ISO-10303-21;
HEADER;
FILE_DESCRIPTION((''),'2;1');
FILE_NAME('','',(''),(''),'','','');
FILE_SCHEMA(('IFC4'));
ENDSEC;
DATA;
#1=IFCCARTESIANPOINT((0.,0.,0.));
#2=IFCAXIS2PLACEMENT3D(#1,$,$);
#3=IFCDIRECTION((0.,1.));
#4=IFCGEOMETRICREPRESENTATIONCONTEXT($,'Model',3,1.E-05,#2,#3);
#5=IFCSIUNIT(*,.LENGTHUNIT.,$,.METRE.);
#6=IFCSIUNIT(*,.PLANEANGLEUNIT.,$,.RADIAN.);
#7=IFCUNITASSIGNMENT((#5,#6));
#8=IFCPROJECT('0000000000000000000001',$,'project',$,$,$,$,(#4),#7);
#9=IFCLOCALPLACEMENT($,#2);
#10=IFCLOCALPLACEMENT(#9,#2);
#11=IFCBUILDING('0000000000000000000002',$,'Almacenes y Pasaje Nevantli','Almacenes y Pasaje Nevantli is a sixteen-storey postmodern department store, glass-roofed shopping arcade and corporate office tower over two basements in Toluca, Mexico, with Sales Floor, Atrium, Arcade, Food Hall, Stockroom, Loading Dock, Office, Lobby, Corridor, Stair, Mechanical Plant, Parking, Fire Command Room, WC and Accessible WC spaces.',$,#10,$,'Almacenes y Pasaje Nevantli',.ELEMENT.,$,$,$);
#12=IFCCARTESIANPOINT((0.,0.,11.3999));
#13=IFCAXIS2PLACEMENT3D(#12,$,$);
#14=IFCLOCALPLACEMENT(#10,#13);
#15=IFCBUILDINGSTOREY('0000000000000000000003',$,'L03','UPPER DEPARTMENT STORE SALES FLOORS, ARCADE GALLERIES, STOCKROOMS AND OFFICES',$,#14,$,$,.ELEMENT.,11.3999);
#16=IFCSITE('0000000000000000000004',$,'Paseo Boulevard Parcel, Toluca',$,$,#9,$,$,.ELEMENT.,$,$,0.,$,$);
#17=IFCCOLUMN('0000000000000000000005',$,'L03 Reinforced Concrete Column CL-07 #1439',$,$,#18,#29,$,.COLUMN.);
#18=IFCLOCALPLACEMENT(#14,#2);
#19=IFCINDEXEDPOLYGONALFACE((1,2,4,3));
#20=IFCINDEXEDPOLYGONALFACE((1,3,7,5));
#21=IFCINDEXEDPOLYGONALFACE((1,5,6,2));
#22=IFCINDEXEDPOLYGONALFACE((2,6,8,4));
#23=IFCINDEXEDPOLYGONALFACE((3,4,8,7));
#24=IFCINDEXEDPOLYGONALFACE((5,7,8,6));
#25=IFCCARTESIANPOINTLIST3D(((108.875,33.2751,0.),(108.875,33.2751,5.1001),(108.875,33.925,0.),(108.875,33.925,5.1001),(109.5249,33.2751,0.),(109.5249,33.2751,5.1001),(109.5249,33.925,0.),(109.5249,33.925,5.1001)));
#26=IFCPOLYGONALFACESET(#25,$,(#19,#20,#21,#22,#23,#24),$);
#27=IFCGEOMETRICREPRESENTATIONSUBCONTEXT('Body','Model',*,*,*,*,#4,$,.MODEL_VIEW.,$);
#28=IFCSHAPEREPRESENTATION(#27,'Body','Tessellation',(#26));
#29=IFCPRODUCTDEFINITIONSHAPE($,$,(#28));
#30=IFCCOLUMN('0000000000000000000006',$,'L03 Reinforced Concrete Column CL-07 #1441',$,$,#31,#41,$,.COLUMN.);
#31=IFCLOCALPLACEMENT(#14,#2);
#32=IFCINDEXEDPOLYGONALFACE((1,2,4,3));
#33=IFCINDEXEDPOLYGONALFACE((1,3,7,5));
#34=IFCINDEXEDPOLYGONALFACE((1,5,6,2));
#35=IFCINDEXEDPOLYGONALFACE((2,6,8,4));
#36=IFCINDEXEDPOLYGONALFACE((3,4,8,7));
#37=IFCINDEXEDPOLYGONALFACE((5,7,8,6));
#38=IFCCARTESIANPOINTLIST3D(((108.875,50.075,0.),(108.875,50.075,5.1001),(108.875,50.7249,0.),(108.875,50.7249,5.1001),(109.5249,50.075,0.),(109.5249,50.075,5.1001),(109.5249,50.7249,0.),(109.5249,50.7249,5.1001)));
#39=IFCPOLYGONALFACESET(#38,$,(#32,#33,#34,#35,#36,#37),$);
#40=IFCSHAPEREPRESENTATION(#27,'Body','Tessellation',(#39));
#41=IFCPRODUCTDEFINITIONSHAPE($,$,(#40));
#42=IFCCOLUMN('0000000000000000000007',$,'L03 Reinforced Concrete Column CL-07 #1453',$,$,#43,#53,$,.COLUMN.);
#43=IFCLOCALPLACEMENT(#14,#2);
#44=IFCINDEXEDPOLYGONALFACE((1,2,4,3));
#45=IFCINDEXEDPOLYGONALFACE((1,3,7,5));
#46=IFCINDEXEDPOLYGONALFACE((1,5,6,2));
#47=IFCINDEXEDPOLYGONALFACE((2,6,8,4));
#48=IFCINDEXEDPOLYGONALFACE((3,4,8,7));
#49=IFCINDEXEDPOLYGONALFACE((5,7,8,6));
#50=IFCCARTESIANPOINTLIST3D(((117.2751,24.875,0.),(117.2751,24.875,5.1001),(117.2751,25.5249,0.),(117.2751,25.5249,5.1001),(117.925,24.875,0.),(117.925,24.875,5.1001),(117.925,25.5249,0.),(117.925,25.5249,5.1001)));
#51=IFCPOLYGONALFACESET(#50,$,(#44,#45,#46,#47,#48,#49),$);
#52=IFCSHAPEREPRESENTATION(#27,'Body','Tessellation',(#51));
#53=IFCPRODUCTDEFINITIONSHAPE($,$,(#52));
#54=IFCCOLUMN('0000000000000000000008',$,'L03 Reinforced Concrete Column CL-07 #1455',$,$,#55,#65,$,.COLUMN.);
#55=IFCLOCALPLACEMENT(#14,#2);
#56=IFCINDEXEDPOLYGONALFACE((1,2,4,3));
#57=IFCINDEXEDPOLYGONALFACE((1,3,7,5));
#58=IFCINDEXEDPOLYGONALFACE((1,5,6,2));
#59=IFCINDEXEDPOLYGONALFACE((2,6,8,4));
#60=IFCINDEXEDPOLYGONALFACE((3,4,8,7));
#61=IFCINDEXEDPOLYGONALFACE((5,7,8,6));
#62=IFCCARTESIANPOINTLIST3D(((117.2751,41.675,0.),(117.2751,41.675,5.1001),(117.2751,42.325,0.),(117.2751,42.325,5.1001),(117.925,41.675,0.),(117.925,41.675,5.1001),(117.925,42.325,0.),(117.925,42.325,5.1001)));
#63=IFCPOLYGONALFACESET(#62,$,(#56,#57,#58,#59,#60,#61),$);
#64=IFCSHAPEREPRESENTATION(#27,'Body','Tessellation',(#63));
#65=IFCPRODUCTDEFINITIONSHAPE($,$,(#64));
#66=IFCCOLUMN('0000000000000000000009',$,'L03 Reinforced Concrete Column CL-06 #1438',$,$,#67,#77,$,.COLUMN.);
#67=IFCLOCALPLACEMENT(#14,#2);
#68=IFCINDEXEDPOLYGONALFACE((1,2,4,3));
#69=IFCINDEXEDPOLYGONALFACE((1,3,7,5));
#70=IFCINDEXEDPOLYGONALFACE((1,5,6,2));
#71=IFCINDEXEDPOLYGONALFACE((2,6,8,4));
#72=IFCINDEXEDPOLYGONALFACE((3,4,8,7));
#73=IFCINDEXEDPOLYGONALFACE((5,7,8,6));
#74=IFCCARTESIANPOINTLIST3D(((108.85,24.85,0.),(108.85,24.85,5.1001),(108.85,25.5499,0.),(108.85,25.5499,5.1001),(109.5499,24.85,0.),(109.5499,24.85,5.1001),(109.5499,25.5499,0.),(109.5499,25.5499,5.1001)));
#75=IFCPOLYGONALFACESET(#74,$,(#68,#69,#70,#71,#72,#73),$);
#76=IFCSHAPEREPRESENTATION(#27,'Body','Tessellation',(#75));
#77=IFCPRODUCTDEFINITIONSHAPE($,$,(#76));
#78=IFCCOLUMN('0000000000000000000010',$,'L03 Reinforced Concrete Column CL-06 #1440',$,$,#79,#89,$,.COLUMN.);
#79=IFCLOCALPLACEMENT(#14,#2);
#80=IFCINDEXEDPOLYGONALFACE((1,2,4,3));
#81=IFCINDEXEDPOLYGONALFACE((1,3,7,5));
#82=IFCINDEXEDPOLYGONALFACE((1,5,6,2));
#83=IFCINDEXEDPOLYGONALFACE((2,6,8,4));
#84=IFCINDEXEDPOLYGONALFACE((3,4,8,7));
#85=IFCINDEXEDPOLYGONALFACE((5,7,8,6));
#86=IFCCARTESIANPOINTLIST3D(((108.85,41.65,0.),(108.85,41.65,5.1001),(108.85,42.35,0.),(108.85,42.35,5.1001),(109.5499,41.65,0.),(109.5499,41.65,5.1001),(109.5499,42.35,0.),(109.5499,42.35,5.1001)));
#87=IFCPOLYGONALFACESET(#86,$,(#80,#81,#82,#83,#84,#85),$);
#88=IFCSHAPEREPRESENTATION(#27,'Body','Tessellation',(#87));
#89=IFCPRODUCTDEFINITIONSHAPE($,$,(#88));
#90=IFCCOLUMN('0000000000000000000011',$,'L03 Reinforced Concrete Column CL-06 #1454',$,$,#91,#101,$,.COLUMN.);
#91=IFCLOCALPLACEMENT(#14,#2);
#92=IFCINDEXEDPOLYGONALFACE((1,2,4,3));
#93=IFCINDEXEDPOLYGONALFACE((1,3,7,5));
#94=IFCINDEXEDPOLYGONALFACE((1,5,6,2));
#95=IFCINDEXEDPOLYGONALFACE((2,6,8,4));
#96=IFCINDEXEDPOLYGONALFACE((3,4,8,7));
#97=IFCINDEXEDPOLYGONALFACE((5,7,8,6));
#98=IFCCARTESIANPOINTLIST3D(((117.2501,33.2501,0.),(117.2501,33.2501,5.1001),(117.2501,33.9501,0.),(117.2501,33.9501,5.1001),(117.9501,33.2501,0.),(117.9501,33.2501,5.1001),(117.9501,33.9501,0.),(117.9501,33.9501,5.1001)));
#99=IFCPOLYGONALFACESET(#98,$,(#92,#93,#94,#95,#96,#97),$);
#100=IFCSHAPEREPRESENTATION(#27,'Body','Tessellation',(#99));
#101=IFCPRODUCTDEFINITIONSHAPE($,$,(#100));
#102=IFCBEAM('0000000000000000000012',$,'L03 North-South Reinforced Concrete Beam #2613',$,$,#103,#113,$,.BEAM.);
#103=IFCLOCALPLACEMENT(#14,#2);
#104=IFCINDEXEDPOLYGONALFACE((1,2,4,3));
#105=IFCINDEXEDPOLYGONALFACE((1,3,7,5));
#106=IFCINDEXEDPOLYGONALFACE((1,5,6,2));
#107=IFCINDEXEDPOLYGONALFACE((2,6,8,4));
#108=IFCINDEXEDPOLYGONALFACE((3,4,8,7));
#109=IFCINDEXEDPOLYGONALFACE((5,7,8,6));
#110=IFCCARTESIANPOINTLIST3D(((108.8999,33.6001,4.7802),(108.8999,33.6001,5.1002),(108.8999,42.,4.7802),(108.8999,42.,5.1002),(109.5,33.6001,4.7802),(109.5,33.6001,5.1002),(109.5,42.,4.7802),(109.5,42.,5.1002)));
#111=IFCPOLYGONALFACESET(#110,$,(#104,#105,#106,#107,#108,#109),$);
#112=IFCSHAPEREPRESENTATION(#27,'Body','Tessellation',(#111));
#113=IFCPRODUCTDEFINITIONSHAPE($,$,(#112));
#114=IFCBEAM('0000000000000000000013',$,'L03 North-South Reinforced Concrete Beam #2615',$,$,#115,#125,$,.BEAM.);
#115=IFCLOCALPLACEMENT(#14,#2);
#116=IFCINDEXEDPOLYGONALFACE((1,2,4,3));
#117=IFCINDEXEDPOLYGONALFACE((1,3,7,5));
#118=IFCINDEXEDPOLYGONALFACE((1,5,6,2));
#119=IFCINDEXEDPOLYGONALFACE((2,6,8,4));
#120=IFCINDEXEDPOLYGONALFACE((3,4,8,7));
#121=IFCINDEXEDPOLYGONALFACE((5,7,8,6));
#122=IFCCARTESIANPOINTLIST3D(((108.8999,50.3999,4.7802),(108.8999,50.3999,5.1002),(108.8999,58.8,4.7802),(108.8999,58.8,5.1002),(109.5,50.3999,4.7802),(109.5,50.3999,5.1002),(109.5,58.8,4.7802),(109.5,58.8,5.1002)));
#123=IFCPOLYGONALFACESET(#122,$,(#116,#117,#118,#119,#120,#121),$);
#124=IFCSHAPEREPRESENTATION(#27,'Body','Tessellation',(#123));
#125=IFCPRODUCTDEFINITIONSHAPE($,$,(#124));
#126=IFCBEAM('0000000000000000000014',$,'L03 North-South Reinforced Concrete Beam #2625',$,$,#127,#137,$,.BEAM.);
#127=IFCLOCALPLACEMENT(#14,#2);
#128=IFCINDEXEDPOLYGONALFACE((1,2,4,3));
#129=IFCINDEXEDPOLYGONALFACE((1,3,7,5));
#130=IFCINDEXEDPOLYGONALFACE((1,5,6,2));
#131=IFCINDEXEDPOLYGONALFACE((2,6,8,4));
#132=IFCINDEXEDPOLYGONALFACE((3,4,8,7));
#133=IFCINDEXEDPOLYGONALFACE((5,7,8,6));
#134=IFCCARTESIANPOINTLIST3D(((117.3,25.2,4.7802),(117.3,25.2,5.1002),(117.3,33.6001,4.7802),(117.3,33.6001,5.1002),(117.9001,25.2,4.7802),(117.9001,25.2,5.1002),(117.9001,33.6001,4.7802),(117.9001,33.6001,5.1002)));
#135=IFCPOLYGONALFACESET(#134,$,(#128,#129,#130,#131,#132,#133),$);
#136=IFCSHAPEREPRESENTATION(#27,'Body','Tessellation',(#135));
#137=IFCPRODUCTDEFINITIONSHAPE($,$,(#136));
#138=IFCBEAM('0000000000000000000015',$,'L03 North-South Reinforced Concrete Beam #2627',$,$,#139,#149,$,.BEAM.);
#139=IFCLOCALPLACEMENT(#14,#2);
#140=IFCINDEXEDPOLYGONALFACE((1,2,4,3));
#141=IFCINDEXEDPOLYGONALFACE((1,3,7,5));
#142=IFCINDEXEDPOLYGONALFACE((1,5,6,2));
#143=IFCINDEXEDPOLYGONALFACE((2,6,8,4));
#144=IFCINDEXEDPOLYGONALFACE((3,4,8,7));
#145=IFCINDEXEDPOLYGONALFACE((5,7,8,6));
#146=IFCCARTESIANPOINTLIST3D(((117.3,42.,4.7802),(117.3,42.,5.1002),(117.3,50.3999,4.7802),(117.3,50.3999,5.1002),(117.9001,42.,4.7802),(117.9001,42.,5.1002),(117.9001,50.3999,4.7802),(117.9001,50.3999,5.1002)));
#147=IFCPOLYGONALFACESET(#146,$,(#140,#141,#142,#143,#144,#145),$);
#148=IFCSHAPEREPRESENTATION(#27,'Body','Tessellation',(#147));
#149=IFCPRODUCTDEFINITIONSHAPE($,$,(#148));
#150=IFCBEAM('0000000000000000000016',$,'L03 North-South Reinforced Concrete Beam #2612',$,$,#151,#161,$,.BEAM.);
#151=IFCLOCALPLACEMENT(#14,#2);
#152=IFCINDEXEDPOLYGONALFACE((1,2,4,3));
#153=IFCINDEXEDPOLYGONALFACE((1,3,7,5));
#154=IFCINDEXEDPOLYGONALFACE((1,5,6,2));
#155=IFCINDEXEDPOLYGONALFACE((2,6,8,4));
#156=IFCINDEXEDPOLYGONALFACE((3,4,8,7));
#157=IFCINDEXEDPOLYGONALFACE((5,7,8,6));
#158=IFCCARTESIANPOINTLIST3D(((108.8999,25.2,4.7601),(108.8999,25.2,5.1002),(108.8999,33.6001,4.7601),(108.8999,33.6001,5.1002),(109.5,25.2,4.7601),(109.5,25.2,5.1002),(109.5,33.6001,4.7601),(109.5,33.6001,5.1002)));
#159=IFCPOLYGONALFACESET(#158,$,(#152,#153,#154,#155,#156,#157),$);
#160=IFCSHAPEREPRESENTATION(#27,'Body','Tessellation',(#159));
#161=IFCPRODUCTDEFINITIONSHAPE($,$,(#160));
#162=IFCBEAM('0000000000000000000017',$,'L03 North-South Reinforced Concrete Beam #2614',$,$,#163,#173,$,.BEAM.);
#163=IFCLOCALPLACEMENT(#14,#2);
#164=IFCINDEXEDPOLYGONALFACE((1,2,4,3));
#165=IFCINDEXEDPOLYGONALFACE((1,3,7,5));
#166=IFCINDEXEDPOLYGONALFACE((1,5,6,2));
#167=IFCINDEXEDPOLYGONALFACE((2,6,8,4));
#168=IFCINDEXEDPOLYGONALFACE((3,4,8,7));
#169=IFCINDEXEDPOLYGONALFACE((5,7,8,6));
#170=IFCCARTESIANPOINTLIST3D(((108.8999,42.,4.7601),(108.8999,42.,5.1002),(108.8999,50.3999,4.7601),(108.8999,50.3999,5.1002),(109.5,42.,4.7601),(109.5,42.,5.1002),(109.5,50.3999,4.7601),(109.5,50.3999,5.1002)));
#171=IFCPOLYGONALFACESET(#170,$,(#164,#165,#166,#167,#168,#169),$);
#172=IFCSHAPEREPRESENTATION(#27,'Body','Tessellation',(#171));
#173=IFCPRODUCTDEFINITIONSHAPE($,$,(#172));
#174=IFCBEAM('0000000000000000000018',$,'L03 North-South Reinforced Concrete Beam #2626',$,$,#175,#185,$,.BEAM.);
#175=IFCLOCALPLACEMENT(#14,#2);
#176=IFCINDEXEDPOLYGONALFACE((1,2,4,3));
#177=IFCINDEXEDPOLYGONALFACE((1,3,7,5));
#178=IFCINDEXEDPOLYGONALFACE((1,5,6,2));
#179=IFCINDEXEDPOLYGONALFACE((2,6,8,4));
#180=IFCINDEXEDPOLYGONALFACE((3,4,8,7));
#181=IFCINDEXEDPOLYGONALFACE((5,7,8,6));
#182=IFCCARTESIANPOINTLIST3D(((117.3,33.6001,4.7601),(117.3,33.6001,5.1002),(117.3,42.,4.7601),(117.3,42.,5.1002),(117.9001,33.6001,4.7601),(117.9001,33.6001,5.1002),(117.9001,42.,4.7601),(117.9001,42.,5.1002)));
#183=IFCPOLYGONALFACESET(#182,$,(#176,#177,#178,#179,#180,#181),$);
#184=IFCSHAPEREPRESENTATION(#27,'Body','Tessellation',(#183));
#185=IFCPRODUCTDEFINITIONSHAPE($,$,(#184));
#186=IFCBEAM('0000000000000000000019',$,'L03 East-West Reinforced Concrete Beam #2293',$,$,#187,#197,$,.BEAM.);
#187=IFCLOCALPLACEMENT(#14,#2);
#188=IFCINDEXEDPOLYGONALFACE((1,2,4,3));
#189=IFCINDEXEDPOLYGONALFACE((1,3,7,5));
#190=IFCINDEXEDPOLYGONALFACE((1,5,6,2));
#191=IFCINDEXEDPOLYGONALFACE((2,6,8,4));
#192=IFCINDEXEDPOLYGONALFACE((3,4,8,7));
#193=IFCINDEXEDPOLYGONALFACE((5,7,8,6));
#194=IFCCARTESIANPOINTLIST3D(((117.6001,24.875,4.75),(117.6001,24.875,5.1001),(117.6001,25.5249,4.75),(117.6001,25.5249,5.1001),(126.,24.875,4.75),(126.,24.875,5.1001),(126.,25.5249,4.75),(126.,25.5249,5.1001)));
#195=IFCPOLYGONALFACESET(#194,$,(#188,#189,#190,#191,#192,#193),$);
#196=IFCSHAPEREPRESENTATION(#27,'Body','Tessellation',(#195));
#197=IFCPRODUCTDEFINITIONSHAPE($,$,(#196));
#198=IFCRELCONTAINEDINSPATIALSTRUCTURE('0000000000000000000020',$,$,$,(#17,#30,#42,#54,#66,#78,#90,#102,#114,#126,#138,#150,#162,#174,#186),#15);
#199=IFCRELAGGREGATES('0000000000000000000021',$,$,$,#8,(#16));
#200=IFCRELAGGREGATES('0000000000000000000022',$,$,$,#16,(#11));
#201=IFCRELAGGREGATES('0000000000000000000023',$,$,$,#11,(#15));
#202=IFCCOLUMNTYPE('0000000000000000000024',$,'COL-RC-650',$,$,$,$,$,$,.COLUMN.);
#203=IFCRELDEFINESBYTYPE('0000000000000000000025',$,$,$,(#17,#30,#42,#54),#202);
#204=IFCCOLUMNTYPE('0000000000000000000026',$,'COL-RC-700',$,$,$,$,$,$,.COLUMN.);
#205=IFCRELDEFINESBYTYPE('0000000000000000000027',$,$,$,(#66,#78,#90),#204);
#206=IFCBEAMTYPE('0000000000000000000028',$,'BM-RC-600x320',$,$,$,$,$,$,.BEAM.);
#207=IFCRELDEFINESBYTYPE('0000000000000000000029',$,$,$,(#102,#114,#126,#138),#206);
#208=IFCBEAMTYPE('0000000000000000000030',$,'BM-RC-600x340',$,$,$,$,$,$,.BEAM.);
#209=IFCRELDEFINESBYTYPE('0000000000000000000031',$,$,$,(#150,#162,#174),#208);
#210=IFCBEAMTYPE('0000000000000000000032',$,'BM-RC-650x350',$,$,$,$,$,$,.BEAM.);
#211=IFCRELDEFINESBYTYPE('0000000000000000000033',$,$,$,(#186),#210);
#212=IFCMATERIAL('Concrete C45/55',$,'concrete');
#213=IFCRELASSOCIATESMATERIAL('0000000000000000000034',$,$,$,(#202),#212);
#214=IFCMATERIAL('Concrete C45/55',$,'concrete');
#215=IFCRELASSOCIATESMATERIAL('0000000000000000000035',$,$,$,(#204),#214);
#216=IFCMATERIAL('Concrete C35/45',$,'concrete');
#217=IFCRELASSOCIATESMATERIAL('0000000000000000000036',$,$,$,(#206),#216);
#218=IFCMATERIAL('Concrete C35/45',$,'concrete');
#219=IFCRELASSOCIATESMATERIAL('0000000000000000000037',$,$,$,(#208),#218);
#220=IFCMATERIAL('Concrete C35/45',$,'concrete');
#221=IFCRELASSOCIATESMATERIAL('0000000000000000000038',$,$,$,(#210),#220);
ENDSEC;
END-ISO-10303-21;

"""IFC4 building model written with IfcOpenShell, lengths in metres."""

from ifc_helpers import new_model, si_unit, direction, frame, origin, origin_2d, place, context, subcontext, project, spatial, rectangle, extrude, material, material_profile, profile_set, type_object, element, save


model = new_model("IFC4")

# Units and contexts
model_context = context("Model", 3, precision=1e-05, world=origin(), true_north=direction((0.0, 1.0)))
body_context = subcontext(model_context, "Body", "Model", "MODEL_VIEW")
ifc_project = project(units=[si_unit("LENGTHUNIT", "METRE"), si_unit("PLANEANGLEUNIT", "RADIAN")], contexts=[model_context])

# Site, building, storey
site_placement = place(None, origin())
site = spatial("IfcSite", under=ifc_project, at=site_placement, Name="Paseo Boulevard Parcel, Toluca", CompositionType="ELEMENT", RefElevation=0.0)
building_placement = place(site_placement, origin())
building = spatial("IfcBuilding", under=site, at=building_placement, Name="Almacenes y Pasaje Nevantli", Description="Almacenes y Pasaje Nevantli is a sixteen-storey postmodern department store, glass-roofed shopping arcade and corporate office tower over two basements in Toluca, Mexico, with Sales Floor, Atrium, Arcade, Food Hall, Stockroom, Loading Dock, Office, Lobby, Corridor, Stair, Mechanical Plant, Parking, Fire Command Room, WC and Accessible WC spaces.", LongName="Almacenes y Pasaje Nevantli", CompositionType="ELEMENT")
storey_placement = place(building_placement, frame((0.0, 0.0, 11.3999)))
storey = spatial("IfcBuildingStorey", under=building, at=storey_placement, Name="L03", Description="UPPER DEPARTMENT STORE SALES FLOORS, ARCADE GALLERIES, STOCKROOMS AND OFFICES", CompositionType="ELEMENT", Elevation=11.3999)

# Columns
ifc_material_1 = material(Name="Concrete C45/55", Category="concrete")
ifc_material_profile_1 = material_profile(ifc_material_1, rectangle(XDim=0.6499, YDim=0.6499, at=origin_2d()), Name="RC-COL-650x650")
ifc_profile_set_1 = profile_set([ifc_material_profile_1], Name="Concrete C45/55")
column_type_1 = type_object("IfcColumnType", Name="COL-RC-650", PredefinedType="COLUMN", material=ifc_profile_set_1)
for number, where, z_axis, x_axis, name in (
    (1, (109.2, 33.6001, 0.0), (0.0, 0.0, 1.0), (1.0, 0.0, 0.0), "L03 Reinforced Concrete Column CL-07 #1439"),
    (2, (109.2, 50.3999, 0.0), (0.0, 0.0, 1.0), (1.0, 0.0, 0.0), "L03 Reinforced Concrete Column CL-07 #1441"),
    (3, (117.6001, 25.2, 0.0), (0.0, 0.0, 1.0), (1.0, 0.0, 0.0), "L03 Reinforced Concrete Column CL-07 #1453"),
    (4, (117.6001, 42.0, 0.0), (0.0, 0.0, 1.0), (1.0, 0.0, 0.0), "L03 Reinforced Concrete Column CL-07 #1455"),
):
    element("IfcColumn", number, at=place(storey_placement, frame(where, z_axis=z_axis, x_axis=x_axis)), inside=storey, type_object=column_type_1, Name=name, PredefinedType="COLUMN", context=body_context, shape_type="SweptSolid", body=[
        extrude(rectangle(XDim=0.6499, YDim=0.6499, at=origin_2d()), origin(), (0.0, 0.0, 1.0), 5.1001),
    ])
ifc_material_2 = material(Name="Concrete C45/55", Category="concrete")
ifc_material_profile_2 = material_profile(ifc_material_2, rectangle(XDim=0.7, YDim=0.7, at=origin_2d()), Name="RC-COL-700x700")
ifc_profile_set_2 = profile_set([ifc_material_profile_2], Name="Concrete C45/55")
column_type_2 = type_object("IfcColumnType", Name="COL-RC-700", PredefinedType="COLUMN", material=ifc_profile_set_2)
for number, where, z_axis, x_axis, name in (
    (5, (109.2, 25.2, 0.0), (0.0, 0.0, 1.0), (1.0, 0.0, 0.0), "L03 Reinforced Concrete Column CL-06 #1438"),
    (6, (109.2, 42.0, 0.0), (0.0, 0.0, 1.0), (1.0, 0.0, 0.0), "L03 Reinforced Concrete Column CL-06 #1440"),
    (7, (117.6001, 33.6001, 0.0), (0.0, 0.0, 1.0), (1.0, 0.0, 0.0), "L03 Reinforced Concrete Column CL-06 #1454"),
):
    element("IfcColumn", number, at=place(storey_placement, frame(where, z_axis=z_axis, x_axis=x_axis)), inside=storey, type_object=column_type_2, Name=name, PredefinedType="COLUMN", context=body_context, shape_type="SweptSolid", body=[
        extrude(rectangle(XDim=0.7, YDim=0.7, at=origin_2d()), origin(), (0.0, 0.0, 1.0), 5.1001),
    ])

# Beams
ifc_material_3 = material(Name="Concrete C35/45", Category="concrete")
ifc_material_profile_3 = material_profile(ifc_material_3, rectangle(XDim=0.6001, YDim=0.3201, at=origin_2d()), Name="RC-BM-600x320")
ifc_profile_set_3 = profile_set([ifc_material_profile_3], Name="Concrete C35/45")
beam_type_1 = type_object("IfcBeamType", Name="BM-RC-600x320", PredefinedType="BEAM", material=ifc_profile_set_3)
beam_1_placement = place(storey_placement, frame((109.2, 33.6001, 4.9402), z_axis=(0.0, 1.0, 0.0), x_axis=(-1.0, 0.0, 0.0)))
element("IfcBeam", 8, at=beam_1_placement, inside=storey, type_object=beam_type_1, Name="L03 North-South Reinforced Concrete Beam #2613", PredefinedType="BEAM", context=body_context, shape_type="SweptSolid", body=[
    extrude(rectangle(XDim=0.6001, YDim=0.3201, at=origin_2d()), origin(), (0.0, 0.0, 1.0), 8.3999),
])
for number, where, z_axis, x_axis, name in (
    (9, (109.2, 50.3999, 4.9402), (0.0, 1.0, 0.0), (-1.0, 0.0, 0.0), "L03 North-South Reinforced Concrete Beam #2615"),
    (10, (117.6001, 25.2, 4.9402), (0.0, 1.0, 0.0), (-1.0, 0.0, 0.0), "L03 North-South Reinforced Concrete Beam #2625"),
):
    element("IfcBeam", number, at=place(storey_placement, frame(where, z_axis=z_axis, x_axis=x_axis)), inside=storey, type_object=beam_type_1, Name=name, PredefinedType="BEAM", context=body_context, shape_type="SweptSolid", body=[
        extrude(rectangle(XDim=0.6001, YDim=0.3201, at=origin_2d()), origin(), (0.0, 0.0, 1.0), 8.4001),
    ])
beam_2_placement = place(storey_placement, frame((117.6001, 42.0, 4.9402), z_axis=(0.0, 1.0, 0.0), x_axis=(-1.0, 0.0, 0.0)))
element("IfcBeam", 11, at=beam_2_placement, inside=storey, type_object=beam_type_1, Name="L03 North-South Reinforced Concrete Beam #2627", PredefinedType="BEAM", context=body_context, shape_type="SweptSolid", body=[
    extrude(rectangle(XDim=0.6001, YDim=0.3201, at=origin_2d()), origin(), (0.0, 0.0, 1.0), 8.3999),
])
ifc_material_4 = material(Name="Concrete C35/45", Category="concrete")
ifc_material_profile_4 = material_profile(ifc_material_4, rectangle(XDim=0.6001, YDim=0.3401, at=origin_2d()), Name="RC-BM-600x340")
ifc_profile_set_4 = profile_set([ifc_material_profile_4], Name="Concrete C35/45")
beam_type_2 = type_object("IfcBeamType", Name="BM-RC-600x340", PredefinedType="BEAM", material=ifc_profile_set_4)
beam_3_placement = place(storey_placement, frame((109.2, 25.2, 4.9302), z_axis=(0.0, 1.0, 0.0), x_axis=(-1.0, 0.0, 0.0)))
element("IfcBeam", 12, at=beam_3_placement, inside=storey, type_object=beam_type_2, Name="L03 North-South Reinforced Concrete Beam #2612", PredefinedType="BEAM", context=body_context, shape_type="SweptSolid", body=[
    extrude(rectangle(XDim=0.6001, YDim=0.3401, at=origin_2d()), origin(), (0.0, 0.0, 1.0), 8.4001),
])
for number, where, z_axis, x_axis, name in (
    (13, (109.2, 42.0, 4.9302), (0.0, 1.0, 0.0), (-1.0, 0.0, 0.0), "L03 North-South Reinforced Concrete Beam #2614"),
    (14, (117.6001, 33.6001, 4.9302), (0.0, 1.0, 0.0), (-1.0, 0.0, 0.0), "L03 North-South Reinforced Concrete Beam #2626"),
):
    element("IfcBeam", number, at=place(storey_placement, frame(where, z_axis=z_axis, x_axis=x_axis)), inside=storey, type_object=beam_type_2, Name=name, PredefinedType="BEAM", context=body_context, shape_type="SweptSolid", body=[
        extrude(rectangle(XDim=0.6001, YDim=0.3401, at=origin_2d()), origin(), (0.0, 0.0, 1.0), 8.3999),
    ])
ifc_material_5 = material(Name="Concrete C35/45", Category="concrete")
ifc_material_profile_5 = material_profile(ifc_material_5, rectangle(XDim=0.6499, YDim=0.3501, at=origin_2d()), Name="RC-BM-650x350")
ifc_profile_set_5 = profile_set([ifc_material_profile_5], Name="Concrete C35/45")
beam_type_3 = type_object("IfcBeamType", Name="BM-RC-650x350", PredefinedType="BEAM", material=ifc_profile_set_5)
beam_4_placement = place(storey_placement, frame((117.6001, 25.2, 4.925), z_axis=(1.0, 0.0, 0.0), x_axis=(0.0, 1.0, 0.0)))
element("IfcBeam", 15, at=beam_4_placement, inside=storey, type_object=beam_type_3, Name="L03 East-West Reinforced Concrete Beam #2293", PredefinedType="BEAM", context=body_context, shape_type="SweptSolid", body=[
    extrude(rectangle(XDim=0.6499, YDim=0.3501, at=origin_2d()), origin(), (0.0, 0.0, 1.0), 8.3999),
])

save(model, "model.ifc")
